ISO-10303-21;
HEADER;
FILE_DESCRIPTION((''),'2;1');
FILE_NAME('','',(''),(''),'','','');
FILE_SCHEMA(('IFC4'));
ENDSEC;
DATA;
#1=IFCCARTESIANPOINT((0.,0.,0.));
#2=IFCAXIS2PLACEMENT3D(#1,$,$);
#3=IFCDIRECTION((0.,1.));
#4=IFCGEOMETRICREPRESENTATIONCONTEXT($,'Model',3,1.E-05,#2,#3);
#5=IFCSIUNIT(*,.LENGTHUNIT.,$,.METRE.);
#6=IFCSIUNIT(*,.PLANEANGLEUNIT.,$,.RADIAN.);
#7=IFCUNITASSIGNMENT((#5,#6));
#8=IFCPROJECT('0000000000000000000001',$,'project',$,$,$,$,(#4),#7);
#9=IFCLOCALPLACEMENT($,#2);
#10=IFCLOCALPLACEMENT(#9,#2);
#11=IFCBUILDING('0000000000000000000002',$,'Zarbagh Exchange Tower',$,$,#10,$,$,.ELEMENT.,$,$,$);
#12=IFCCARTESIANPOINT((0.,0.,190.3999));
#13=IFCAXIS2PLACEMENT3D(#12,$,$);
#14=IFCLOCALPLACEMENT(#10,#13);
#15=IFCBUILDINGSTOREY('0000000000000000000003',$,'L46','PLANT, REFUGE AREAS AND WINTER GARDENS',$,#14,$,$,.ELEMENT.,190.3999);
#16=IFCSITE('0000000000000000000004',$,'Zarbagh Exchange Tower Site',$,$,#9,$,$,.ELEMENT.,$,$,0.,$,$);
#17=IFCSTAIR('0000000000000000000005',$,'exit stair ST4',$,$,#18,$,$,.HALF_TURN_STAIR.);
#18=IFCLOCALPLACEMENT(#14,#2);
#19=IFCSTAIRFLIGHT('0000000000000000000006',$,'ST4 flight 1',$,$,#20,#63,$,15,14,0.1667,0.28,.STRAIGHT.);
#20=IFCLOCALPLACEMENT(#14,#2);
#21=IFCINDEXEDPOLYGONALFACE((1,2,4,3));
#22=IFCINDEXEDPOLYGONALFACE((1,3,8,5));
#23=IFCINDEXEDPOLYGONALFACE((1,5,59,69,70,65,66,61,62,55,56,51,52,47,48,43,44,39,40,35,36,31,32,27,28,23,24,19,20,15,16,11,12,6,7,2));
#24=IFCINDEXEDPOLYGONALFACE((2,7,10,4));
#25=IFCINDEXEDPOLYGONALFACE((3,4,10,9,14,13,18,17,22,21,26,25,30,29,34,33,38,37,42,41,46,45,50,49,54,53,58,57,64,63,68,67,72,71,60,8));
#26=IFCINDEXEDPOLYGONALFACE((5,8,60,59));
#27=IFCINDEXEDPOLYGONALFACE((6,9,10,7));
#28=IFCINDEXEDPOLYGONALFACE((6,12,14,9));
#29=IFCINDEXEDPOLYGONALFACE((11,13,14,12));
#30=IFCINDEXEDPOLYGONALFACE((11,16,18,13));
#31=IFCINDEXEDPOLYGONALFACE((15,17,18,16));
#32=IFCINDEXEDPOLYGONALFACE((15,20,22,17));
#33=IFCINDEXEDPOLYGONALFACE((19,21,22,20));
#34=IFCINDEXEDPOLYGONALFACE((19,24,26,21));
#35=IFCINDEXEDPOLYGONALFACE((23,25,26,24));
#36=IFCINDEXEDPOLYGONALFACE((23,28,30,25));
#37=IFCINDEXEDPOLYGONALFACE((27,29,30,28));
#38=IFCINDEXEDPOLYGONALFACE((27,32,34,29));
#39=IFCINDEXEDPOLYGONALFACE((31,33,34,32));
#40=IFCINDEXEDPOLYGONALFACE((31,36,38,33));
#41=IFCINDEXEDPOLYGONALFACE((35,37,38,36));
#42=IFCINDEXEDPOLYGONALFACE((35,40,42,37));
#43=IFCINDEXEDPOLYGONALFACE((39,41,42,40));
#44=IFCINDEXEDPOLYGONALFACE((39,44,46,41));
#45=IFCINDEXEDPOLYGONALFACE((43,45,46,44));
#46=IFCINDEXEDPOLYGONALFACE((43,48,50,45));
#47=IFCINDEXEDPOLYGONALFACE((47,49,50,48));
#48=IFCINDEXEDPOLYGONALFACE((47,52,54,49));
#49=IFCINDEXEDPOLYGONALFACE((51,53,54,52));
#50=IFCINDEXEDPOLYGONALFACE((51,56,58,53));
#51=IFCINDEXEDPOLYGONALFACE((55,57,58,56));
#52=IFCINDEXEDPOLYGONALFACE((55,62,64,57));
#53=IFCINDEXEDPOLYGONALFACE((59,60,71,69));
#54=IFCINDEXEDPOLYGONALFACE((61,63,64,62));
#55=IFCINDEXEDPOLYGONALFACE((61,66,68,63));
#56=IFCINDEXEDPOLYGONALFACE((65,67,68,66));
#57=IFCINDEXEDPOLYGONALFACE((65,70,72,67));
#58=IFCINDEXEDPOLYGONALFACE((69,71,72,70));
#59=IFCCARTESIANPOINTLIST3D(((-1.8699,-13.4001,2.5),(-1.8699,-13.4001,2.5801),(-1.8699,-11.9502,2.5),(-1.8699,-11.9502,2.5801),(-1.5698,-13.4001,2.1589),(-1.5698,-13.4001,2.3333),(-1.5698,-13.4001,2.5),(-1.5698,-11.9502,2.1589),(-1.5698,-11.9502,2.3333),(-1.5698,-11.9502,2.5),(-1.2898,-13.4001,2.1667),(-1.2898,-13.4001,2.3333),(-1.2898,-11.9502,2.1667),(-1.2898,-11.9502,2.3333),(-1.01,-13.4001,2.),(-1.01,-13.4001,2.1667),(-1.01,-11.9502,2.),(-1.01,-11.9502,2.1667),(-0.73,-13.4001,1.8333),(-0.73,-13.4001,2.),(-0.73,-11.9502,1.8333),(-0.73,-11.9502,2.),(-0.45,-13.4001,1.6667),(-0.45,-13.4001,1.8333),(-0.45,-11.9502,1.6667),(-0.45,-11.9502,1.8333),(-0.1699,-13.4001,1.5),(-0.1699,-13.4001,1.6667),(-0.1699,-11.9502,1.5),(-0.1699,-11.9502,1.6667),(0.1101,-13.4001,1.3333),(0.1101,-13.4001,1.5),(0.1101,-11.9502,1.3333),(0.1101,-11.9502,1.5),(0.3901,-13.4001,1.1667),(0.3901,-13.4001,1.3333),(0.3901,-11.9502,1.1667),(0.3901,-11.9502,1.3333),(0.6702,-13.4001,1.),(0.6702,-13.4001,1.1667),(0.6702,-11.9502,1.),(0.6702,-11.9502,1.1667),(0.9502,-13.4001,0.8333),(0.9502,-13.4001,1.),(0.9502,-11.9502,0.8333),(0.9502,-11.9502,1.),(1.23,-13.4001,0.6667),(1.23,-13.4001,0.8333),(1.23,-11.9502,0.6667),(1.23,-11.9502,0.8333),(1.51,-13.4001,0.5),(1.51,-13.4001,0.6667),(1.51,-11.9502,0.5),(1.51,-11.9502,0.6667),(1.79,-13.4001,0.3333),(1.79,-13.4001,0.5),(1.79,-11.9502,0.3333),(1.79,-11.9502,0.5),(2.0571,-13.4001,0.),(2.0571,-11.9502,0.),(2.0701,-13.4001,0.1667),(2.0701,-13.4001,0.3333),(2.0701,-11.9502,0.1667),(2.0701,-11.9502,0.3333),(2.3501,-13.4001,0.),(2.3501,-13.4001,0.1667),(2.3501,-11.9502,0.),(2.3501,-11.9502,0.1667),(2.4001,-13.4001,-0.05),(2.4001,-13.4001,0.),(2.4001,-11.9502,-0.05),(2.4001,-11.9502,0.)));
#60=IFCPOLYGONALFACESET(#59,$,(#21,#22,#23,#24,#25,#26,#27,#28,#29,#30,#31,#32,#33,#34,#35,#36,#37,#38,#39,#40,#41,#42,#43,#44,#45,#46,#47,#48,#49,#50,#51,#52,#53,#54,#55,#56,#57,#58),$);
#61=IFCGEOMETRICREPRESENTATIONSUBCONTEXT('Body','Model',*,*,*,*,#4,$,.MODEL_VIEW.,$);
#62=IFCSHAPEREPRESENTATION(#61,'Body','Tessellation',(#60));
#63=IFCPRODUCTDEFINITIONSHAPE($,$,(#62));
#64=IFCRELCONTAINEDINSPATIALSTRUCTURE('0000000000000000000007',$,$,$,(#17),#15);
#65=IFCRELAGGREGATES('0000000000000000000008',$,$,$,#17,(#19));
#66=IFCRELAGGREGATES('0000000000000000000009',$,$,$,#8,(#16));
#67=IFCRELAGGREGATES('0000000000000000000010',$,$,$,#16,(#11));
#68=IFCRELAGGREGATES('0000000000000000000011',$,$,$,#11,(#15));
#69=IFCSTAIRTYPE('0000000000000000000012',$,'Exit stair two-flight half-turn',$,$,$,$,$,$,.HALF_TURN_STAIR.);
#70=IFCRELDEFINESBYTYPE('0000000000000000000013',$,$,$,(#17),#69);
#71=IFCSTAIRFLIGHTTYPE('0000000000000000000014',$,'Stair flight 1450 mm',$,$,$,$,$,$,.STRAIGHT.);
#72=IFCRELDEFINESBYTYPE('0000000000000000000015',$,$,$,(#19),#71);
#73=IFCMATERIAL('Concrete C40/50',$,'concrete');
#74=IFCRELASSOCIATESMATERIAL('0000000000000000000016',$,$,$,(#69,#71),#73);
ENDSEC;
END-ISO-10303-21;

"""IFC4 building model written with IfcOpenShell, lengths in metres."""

from ifc_helpers import new_model, si_unit, direction, frame, origin, place, context, subcontext, project, spatial, polyline, outline, extrude, material, type_object, element, aggregate, save


model = new_model("IFC4")

# Units and contexts
model_context = context("Model", 3, precision=1e-05, world=origin(), true_north=direction((0.0, 1.0)))
body_context = subcontext(model_context, "Body", "Model", "MODEL_VIEW")
ifc_project = project(units=[si_unit("LENGTHUNIT", "METRE"), si_unit("PLANEANGLEUNIT", "RADIAN")], contexts=[model_context])

# Site, building, storey
site_placement = place(None, origin())
site = spatial("IfcSite", under=ifc_project, at=site_placement, Name="Zarbagh Exchange Tower Site", CompositionType="ELEMENT", RefElevation=0.0)
building_placement = place(site_placement, origin())
building = spatial("IfcBuilding", under=site, at=building_placement, Name="Zarbagh Exchange Tower", CompositionType="ELEMENT")
storey_placement = place(building_placement, frame((0.0, 0.0, 190.3999)))
storey = spatial("IfcBuildingStorey", under=building, at=storey_placement, Name="L46", Description="PLANT, REFUGE AREAS AND WINTER GARDENS", CompositionType="ELEMENT", Elevation=190.3999)

# Shared definitions
ifc_material_1 = material(Name="Concrete C40/50", Category="concrete")

# Stair, stair flight
stair_type = type_object("IfcStairType", Name="Exit stair two-flight half-turn", PredefinedType="HALF_TURN_STAIR", material=ifc_material_1)
stair_1_placement = place(storey_placement, origin())
stair_1 = element("IfcStair", 1, at=stair_1_placement, inside=storey, type_object=stair_type, Name="exit stair ST4", PredefinedType="HALF_TURN_STAIR")
stair_flight_type_1 = type_object("IfcStairFlightType", Name="Stair flight 1450 mm", PredefinedType="STRAIGHT", material=ifc_material_1)
stair_flight_1_placement = place(storey_placement, frame((2.3501, -12.675, 0.0), z_axis=(0.0, 0.0, 1.0), x_axis=(-1.0, 0.0, 0.0)))
stair_flight_1 = element("IfcStairFlight", 2, at=stair_flight_1_placement, type_object=stair_flight_type_1, Name="ST4 flight 1", NumberOfRisers=15, NumberOfTreads=14, PredefinedType="STRAIGHT", RiserHeight=0.1667, TreadLength=0.28, context=body_context, shape_type="SweptSolid", body=[
    extrude(outline(polyline([(-0.05, -0.05), (-0.05, 0.0), (0.0, 0.0), (0.0, 0.1667), (0.28, 0.1667), (0.28, 0.3333), (0.5601, 0.3333), (0.5601, 0.5), (0.8401, 0.5), (0.8401, 0.6667), (1.1201, 0.6667), (1.1201, 0.8333), (1.3999, 0.8333), (1.3999, 1.0), (1.6799, 1.0), (1.6799, 1.1667), (1.96, 1.1667), (1.96, 1.3333), (2.24, 1.3333), (2.24, 1.5), (2.52, 1.5), (2.52, 1.6667), (2.8, 1.6667), (2.8, 1.8333), (3.0801, 1.8333), (3.0801, 2.0), (3.3601, 2.0), (3.3601, 2.1667), (3.6399, 2.1667), (3.6399, 2.3333), (3.9199, 2.3333), (3.9199, 2.5), (4.22, 2.5801), (4.22, 2.5), (3.9199, 2.1589), (0.293, 0.0), (-0.05, -0.05)])), frame((0.0, 0.7251, 0.0), z_axis=(0.0, -1.0, 0.0), x_axis=(1.0, 0.0, 0.0)), (0.0, 0.0, 1.0), 1.45),
])
aggregate(stair_1, [stair_flight_1])

save(model, "model.ifc")
